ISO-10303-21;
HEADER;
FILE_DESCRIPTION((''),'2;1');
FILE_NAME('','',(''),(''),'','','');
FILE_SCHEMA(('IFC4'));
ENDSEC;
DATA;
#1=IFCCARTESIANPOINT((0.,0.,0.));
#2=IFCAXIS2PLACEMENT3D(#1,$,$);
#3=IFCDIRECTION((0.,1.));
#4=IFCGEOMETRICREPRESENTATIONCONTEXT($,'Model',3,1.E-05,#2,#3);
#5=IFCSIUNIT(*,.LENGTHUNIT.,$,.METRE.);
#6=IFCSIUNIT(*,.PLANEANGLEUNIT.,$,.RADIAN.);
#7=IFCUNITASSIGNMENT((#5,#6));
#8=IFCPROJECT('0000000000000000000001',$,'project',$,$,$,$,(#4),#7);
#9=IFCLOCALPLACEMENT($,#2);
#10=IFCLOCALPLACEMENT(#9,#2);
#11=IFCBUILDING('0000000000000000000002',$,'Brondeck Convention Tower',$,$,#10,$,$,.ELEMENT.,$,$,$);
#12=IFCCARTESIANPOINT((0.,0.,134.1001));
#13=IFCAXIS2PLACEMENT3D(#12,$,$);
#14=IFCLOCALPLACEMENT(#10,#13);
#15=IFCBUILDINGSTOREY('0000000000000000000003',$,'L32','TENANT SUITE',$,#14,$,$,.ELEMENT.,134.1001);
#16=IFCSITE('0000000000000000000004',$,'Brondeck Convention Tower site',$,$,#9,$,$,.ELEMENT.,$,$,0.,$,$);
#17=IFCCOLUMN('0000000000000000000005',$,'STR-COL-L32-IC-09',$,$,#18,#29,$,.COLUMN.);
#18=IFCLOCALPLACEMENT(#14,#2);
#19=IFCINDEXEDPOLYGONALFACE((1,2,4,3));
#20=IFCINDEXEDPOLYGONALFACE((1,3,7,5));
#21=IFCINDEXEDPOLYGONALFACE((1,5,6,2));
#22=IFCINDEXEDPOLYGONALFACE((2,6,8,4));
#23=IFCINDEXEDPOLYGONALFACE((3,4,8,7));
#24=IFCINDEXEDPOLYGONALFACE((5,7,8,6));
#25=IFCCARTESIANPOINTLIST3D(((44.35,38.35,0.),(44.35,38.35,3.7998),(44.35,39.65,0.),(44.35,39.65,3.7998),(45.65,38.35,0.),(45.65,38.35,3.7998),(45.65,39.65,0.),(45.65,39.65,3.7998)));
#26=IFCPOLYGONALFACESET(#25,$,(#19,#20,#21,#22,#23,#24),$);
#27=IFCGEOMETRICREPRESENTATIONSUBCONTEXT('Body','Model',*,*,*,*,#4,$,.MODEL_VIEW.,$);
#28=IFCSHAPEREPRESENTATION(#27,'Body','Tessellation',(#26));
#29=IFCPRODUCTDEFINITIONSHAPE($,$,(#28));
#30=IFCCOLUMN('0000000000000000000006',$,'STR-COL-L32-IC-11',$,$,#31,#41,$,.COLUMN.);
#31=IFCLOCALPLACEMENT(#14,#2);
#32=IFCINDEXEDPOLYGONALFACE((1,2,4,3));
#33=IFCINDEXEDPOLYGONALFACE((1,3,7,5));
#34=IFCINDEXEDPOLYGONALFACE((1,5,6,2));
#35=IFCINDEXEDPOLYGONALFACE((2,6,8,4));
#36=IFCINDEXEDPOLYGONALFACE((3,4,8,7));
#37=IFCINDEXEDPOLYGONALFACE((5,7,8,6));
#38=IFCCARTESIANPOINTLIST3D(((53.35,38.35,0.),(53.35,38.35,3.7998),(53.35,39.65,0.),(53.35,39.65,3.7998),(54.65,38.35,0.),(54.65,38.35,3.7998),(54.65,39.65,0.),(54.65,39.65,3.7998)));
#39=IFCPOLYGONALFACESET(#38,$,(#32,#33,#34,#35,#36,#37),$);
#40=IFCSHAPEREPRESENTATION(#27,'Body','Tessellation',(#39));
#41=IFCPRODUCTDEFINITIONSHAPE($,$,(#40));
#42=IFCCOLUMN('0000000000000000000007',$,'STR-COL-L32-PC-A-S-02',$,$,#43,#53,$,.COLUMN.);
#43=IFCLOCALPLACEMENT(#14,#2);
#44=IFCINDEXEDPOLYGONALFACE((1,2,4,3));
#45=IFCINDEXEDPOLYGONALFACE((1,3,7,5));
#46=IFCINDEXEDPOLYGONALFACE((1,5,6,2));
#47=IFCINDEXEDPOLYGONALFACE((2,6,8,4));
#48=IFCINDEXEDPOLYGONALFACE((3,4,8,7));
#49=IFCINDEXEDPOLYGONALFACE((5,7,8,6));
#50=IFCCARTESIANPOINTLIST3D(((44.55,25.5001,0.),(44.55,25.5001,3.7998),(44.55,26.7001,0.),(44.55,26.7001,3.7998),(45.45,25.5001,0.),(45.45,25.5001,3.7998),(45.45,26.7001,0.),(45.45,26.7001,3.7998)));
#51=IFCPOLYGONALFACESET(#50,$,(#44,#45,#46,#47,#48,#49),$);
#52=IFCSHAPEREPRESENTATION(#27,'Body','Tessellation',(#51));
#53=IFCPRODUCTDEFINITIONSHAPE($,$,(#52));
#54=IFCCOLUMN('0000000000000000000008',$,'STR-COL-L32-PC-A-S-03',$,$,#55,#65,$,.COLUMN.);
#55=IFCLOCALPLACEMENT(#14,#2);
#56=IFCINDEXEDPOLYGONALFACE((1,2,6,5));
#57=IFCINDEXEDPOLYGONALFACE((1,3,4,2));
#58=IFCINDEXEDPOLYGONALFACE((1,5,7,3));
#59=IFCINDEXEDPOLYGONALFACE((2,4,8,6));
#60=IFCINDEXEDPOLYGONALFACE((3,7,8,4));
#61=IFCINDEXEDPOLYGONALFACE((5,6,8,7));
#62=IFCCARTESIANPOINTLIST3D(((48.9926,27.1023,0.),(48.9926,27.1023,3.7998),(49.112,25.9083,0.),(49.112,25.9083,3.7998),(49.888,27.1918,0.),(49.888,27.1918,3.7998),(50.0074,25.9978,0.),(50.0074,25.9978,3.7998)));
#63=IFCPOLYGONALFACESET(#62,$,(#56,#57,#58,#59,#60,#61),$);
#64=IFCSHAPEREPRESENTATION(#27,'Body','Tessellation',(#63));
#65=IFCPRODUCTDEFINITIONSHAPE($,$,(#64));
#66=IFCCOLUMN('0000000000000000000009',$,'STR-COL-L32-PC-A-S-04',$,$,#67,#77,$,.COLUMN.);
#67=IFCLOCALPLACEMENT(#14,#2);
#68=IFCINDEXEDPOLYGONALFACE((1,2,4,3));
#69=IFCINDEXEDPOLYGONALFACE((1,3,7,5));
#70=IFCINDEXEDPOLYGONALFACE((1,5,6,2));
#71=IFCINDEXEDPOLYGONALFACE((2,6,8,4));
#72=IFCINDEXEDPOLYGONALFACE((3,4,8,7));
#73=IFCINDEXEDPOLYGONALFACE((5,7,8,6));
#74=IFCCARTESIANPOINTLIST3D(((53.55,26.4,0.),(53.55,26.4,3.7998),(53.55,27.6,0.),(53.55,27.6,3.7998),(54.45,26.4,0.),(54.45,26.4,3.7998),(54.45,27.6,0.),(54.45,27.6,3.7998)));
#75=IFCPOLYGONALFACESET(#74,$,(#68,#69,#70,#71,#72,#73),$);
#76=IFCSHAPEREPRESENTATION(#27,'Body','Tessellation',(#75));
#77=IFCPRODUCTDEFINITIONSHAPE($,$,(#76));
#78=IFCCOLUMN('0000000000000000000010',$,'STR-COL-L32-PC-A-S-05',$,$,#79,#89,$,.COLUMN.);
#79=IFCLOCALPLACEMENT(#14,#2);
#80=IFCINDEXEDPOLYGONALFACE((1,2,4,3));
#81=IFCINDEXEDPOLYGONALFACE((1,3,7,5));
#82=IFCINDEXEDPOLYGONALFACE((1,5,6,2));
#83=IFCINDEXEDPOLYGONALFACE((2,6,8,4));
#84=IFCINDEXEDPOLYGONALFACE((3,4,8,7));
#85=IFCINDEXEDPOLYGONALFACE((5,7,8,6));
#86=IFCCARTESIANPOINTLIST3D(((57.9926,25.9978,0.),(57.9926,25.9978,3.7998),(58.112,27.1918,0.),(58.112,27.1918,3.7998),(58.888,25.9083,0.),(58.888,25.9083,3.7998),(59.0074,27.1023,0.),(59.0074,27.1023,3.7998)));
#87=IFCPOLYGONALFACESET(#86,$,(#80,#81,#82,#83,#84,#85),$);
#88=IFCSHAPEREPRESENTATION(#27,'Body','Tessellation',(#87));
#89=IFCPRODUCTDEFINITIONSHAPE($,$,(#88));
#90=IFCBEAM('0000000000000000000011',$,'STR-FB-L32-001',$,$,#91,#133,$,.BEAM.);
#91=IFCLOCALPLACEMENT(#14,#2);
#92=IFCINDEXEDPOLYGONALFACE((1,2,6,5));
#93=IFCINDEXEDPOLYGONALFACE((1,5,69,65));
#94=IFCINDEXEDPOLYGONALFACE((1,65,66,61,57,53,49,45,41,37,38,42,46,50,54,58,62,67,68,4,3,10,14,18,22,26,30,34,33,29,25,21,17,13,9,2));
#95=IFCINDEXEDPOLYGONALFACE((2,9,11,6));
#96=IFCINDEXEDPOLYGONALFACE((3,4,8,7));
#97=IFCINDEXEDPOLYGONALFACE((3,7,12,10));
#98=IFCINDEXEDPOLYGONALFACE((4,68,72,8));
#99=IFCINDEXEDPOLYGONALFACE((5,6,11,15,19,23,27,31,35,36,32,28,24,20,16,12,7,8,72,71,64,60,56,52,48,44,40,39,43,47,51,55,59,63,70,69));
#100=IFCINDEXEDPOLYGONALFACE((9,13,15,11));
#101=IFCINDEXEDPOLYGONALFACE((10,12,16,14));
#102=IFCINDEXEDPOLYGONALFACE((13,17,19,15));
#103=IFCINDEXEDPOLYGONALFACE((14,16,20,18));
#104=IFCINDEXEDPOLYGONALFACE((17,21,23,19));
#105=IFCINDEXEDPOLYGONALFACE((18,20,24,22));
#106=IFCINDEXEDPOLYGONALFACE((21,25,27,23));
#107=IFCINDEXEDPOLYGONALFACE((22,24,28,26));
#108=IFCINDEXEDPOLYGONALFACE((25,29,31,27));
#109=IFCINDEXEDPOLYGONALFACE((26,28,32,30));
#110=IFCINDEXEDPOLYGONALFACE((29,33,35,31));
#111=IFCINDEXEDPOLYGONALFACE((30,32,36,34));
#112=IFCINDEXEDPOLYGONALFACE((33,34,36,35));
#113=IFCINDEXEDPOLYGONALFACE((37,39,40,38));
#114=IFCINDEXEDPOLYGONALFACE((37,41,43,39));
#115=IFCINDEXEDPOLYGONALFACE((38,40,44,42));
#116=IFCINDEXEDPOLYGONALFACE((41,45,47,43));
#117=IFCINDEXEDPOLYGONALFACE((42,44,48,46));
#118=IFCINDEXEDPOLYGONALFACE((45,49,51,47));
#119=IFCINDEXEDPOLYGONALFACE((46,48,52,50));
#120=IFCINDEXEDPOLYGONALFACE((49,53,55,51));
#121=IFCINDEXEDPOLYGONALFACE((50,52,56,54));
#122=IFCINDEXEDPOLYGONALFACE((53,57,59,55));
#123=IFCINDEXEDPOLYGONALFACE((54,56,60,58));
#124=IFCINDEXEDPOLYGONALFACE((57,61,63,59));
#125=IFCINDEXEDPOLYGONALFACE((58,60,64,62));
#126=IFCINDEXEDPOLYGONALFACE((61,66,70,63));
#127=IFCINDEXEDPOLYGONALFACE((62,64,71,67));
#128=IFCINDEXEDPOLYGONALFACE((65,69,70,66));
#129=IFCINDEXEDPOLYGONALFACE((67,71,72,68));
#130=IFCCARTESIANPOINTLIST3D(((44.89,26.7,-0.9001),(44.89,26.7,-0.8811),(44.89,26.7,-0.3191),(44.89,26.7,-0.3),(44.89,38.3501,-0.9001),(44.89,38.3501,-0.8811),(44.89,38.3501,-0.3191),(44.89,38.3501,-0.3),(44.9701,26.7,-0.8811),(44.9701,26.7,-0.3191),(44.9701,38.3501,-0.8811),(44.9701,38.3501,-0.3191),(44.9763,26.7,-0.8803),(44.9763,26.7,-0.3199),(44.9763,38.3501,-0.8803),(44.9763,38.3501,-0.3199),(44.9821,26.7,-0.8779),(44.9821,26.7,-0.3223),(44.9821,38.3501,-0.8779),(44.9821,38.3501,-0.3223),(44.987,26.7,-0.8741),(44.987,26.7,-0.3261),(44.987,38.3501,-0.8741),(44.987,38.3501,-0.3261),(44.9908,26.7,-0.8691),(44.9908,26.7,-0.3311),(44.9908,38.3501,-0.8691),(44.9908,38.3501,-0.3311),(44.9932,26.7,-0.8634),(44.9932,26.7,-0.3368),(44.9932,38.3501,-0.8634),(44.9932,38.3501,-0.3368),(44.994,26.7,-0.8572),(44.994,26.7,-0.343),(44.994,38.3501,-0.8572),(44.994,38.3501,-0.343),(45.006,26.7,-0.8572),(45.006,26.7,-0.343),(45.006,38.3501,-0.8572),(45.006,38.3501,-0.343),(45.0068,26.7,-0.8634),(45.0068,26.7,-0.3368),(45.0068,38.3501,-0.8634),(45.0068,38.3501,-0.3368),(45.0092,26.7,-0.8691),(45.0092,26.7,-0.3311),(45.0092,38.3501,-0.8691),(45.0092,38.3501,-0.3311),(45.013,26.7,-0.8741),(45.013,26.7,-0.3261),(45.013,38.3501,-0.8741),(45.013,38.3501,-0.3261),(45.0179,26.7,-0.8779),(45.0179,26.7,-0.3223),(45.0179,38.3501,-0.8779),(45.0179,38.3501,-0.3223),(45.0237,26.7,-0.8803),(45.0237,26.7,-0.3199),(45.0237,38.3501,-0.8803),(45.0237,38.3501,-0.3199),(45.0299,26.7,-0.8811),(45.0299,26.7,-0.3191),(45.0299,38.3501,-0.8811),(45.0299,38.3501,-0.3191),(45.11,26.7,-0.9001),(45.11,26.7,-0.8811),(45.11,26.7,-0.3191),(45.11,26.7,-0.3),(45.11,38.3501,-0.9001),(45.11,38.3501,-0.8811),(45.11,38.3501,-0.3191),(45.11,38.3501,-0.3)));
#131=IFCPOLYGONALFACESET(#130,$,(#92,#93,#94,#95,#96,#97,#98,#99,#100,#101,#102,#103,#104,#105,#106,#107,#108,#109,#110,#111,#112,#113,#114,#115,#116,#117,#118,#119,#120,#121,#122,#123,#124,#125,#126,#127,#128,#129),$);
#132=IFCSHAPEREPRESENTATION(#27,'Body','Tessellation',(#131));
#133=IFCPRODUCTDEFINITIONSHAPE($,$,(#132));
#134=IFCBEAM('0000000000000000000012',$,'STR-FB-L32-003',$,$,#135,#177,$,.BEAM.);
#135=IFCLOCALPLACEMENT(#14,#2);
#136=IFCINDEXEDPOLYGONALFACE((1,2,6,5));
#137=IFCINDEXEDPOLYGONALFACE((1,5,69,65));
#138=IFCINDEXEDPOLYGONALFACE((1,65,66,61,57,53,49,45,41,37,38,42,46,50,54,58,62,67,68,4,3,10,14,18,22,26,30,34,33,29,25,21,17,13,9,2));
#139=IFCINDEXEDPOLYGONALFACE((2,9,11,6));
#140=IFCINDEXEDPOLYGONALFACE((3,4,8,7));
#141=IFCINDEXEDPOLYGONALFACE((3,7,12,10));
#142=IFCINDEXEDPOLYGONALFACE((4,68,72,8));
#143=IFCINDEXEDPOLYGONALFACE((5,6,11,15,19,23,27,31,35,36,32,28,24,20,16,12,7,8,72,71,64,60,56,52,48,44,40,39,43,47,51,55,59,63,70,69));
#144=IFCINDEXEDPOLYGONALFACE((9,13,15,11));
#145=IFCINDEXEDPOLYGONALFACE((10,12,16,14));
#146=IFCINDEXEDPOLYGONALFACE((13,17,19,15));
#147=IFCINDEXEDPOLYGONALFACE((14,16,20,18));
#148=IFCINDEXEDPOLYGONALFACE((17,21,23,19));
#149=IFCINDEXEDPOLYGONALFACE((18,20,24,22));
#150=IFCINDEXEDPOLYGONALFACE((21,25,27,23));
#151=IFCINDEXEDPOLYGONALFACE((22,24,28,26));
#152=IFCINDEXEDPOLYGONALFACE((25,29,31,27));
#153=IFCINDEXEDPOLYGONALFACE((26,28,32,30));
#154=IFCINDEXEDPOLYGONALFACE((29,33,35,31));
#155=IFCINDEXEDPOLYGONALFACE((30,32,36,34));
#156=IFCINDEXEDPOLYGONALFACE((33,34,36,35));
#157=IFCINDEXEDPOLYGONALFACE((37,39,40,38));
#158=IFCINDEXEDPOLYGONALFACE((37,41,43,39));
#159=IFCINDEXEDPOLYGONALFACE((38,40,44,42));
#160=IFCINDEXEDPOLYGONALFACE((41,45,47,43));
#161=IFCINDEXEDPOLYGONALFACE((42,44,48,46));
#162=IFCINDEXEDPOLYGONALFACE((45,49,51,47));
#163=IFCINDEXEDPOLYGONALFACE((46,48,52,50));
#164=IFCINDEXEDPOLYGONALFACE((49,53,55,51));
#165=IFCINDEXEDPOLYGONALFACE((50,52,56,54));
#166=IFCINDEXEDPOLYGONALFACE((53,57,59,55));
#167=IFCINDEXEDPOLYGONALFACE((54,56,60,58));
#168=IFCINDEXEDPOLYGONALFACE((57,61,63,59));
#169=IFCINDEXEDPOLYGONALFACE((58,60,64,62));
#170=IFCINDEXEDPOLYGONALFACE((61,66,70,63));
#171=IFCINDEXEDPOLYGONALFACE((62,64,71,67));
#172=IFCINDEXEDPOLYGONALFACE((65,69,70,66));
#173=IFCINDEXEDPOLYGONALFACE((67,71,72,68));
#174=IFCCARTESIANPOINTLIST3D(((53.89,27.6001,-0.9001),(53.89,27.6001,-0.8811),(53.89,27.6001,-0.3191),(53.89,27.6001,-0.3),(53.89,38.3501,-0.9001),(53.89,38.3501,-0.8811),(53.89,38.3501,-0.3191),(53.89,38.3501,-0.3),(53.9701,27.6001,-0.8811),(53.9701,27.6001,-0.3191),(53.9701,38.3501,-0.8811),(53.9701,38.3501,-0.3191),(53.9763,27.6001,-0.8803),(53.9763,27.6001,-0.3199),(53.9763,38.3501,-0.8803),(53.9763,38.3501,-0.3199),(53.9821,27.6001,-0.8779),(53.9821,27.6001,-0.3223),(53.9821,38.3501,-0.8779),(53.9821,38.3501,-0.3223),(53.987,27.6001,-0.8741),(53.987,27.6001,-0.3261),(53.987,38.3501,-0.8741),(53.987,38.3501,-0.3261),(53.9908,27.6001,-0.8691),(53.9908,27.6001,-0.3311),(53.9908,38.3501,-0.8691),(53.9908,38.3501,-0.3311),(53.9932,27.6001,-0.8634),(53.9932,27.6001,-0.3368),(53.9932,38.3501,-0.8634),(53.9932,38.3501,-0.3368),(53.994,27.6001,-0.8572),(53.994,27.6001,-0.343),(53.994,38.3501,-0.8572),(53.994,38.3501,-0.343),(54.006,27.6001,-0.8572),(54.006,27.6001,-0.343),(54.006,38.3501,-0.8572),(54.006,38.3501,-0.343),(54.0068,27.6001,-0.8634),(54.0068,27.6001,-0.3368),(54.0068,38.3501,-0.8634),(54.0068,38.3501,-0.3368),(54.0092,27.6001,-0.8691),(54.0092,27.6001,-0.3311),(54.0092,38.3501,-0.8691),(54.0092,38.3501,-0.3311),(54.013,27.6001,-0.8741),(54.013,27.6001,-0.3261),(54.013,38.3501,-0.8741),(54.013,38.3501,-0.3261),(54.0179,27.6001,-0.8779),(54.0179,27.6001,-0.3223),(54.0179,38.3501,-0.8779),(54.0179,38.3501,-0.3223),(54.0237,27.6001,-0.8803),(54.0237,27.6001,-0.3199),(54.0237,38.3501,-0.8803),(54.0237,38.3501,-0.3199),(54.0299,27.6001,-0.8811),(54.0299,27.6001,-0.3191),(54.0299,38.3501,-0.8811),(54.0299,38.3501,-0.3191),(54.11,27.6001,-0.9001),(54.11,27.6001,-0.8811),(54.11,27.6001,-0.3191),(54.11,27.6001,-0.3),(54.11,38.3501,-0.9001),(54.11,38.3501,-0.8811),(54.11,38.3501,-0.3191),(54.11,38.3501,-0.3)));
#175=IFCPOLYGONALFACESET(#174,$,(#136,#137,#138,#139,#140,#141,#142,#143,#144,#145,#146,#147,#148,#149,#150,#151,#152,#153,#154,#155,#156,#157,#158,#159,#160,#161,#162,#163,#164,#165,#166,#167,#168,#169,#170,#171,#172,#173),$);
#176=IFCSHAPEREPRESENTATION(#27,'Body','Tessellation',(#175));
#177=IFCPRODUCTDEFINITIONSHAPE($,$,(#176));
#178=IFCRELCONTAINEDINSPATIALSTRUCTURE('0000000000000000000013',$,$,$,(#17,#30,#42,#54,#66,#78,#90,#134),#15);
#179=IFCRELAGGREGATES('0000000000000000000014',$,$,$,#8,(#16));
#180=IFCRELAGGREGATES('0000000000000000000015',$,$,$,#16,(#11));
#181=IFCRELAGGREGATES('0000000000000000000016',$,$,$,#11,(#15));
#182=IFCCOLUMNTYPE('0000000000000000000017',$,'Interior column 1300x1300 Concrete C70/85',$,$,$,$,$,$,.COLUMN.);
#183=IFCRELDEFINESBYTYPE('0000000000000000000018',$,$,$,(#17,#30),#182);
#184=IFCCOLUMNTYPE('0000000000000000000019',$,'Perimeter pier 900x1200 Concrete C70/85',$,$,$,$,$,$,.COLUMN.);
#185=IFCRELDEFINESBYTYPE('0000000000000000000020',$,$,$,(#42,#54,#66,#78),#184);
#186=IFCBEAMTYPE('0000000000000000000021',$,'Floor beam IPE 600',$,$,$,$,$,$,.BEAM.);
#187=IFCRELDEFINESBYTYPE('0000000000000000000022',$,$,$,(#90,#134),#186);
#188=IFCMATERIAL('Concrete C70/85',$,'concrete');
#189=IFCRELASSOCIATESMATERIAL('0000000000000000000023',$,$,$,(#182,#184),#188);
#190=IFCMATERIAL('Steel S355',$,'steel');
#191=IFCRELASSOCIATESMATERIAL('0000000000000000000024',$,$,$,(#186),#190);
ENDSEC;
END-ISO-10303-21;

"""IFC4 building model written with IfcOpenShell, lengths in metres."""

from ifc_helpers import new_model, si_unit, direction, frame, origin, origin_2d, place, context, subcontext, project, spatial, rectangle, i_section, extrude, material, material_profile, profile_set, type_object, element, save


model = new_model("IFC4")

# Units and contexts
model_context = context("Model", 3, precision=1e-05, world=origin(), true_north=direction((0.0, 1.0)))
body_context = subcontext(model_context, "Body", "Model", "MODEL_VIEW")
ifc_project = project(units=[si_unit("LENGTHUNIT", "METRE"), si_unit("PLANEANGLEUNIT", "RADIAN")], contexts=[model_context])

# Site, building, storey
site_placement = place(None, origin())
site = spatial("IfcSite", under=ifc_project, at=site_placement, Name="Brondeck Convention Tower site", CompositionType="ELEMENT", RefElevation=0.0)
building_placement = place(site_placement, origin())
building = spatial("IfcBuilding", under=site, at=building_placement, Name="Brondeck Convention Tower", CompositionType="ELEMENT")
storey_placement = place(building_placement, frame((0.0, 0.0, 134.1001)))
storey = spatial("IfcBuildingStorey", under=building, at=storey_placement, Name="L32", Description="TENANT SUITE", CompositionType="ELEMENT", Elevation=134.1001)

# Columns
ifc_material_1 = material(Name="Concrete C70/85", Category="concrete")
ifc_material_profile_1 = material_profile(ifc_material_1, rectangle(XDim=1.3, YDim=1.3, at=origin_2d()), Name="Interior column 1300x1300 Concrete C70/85")
ifc_profile_set_1 = profile_set([ifc_material_profile_1], Name="Concrete C70/85")
column_type_1 = type_object("IfcColumnType", Name="Interior column 1300x1300 Concrete C70/85", PredefinedType="COLUMN", material=ifc_profile_set_1)
for number, where, z_axis, x_axis, name in (
    (1, (45.0, 39.0, 0.0), (0.0, 0.0, 1.0), (1.0, 0.0, 0.0), "STR-COL-L32-IC-09"),
    (2, (54.0, 39.0, 0.0), (0.0, 0.0, 1.0), (1.0, 0.0, 0.0), "STR-COL-L32-IC-11"),
):
    element("IfcColumn", number, at=place(storey_placement, frame(where, z_axis=z_axis, x_axis=x_axis)), inside=storey, type_object=column_type_1, Name=name, PredefinedType="COLUMN", context=body_context, shape_type="SweptSolid", body=[
        extrude(rectangle(XDim=1.3, YDim=1.3, at=origin_2d()), origin(), (0.0, 0.0, 1.0), 3.7998),
    ])
ifc_material_profile_2 = material_profile(ifc_material_1, rectangle(XDim=0.8999, YDim=1.2, at=origin_2d()), Name="Perimeter pier 900x1200 Concrete C70/85")
ifc_profile_set_2 = profile_set([ifc_material_profile_2], Name="Concrete C70/85")
column_type_2 = type_object("IfcColumnType", Name="Perimeter pier 900x1200 Concrete C70/85", PredefinedType="COLUMN", material=ifc_profile_set_2)
for number, where, z_axis, x_axis, name in (
    (3, (45.0, 26.1001, 0.0), (0.0, 0.0, 1.0), (1.0, 0.0, 0.0), "STR-COL-L32-PC-A-S-02"),
    (4, (49.5, 26.55, 0.0), (0.0, 0.0, 1.0), (0.995037, 0.099504, 0.0), "STR-COL-L32-PC-A-S-03"),
    (5, (54.0, 27.0, 0.0), (0.0, 0.0, 1.0), (1.0, 0.0, 0.0), "STR-COL-L32-PC-A-S-04"),
    (6, (58.5, 26.55, 0.0), (0.0, 0.0, 1.0), (0.995037, -0.099504, 0.0), "STR-COL-L32-PC-A-S-05"),
):
    element("IfcColumn", number, at=place(storey_placement, frame(where, z_axis=z_axis, x_axis=x_axis)), inside=storey, type_object=column_type_2, Name=name, PredefinedType="COLUMN", context=body_context, shape_type="SweptSolid", body=[
        extrude(rectangle(XDim=0.8999, YDim=1.2, at=origin_2d()), origin(), (0.0, 0.0, 1.0), 3.7998),
    ])

# Beams
ifc_material_2 = material(Name="Steel S355", Category="steel")
ifc_material_profile_3 = material_profile(ifc_material_2, i_section(OverallWidth=0.22, OverallDepth=0.6001, WebThickness=0.012, FlangeThickness=0.019, FilletRadius=0.0239, at=origin_2d()), Name="IPE 600")
ifc_profile_set_3 = profile_set([ifc_material_profile_3], Name="Steel S355")
beam_type_1 = type_object("IfcBeamType", Name="Floor beam IPE 600", PredefinedType="BEAM", material=ifc_profile_set_3)
beam_1_placement = place(storey_placement, frame((45.0, 26.7, -0.6001), z_axis=(0.0, 1.0, 0.0), x_axis=(-1.0, 0.0, 0.0)))
element("IfcBeam", 7, at=beam_1_placement, inside=storey, type_object=beam_type_1, Name="STR-FB-L32-001", PredefinedType="BEAM", context=body_context, shape_type="SweptSolid", body=[
    extrude(i_section(OverallWidth=0.22, OverallDepth=0.6001, WebThickness=0.012, FlangeThickness=0.019, FilletRadius=0.0239, at=origin_2d()), origin(), (0.0, 0.0, 1.0), 11.6501),
])
beam_2_placement = place(storey_placement, frame((54.0, 27.6001, -0.6001), z_axis=(0.0, 1.0, 0.0), x_axis=(-1.0, 0.0, 0.0)))
element("IfcBeam", 8, at=beam_2_placement, inside=storey, type_object=beam_type_1, Name="STR-FB-L32-003", PredefinedType="BEAM", context=body_context, shape_type="SweptSolid", body=[
    extrude(i_section(OverallWidth=0.22, OverallDepth=0.6001, WebThickness=0.012, FlangeThickness=0.019, FilletRadius=0.0239, at=origin_2d()), origin(), (0.0, 0.0, 1.0), 10.75),
])

save(model, "model.ifc")
